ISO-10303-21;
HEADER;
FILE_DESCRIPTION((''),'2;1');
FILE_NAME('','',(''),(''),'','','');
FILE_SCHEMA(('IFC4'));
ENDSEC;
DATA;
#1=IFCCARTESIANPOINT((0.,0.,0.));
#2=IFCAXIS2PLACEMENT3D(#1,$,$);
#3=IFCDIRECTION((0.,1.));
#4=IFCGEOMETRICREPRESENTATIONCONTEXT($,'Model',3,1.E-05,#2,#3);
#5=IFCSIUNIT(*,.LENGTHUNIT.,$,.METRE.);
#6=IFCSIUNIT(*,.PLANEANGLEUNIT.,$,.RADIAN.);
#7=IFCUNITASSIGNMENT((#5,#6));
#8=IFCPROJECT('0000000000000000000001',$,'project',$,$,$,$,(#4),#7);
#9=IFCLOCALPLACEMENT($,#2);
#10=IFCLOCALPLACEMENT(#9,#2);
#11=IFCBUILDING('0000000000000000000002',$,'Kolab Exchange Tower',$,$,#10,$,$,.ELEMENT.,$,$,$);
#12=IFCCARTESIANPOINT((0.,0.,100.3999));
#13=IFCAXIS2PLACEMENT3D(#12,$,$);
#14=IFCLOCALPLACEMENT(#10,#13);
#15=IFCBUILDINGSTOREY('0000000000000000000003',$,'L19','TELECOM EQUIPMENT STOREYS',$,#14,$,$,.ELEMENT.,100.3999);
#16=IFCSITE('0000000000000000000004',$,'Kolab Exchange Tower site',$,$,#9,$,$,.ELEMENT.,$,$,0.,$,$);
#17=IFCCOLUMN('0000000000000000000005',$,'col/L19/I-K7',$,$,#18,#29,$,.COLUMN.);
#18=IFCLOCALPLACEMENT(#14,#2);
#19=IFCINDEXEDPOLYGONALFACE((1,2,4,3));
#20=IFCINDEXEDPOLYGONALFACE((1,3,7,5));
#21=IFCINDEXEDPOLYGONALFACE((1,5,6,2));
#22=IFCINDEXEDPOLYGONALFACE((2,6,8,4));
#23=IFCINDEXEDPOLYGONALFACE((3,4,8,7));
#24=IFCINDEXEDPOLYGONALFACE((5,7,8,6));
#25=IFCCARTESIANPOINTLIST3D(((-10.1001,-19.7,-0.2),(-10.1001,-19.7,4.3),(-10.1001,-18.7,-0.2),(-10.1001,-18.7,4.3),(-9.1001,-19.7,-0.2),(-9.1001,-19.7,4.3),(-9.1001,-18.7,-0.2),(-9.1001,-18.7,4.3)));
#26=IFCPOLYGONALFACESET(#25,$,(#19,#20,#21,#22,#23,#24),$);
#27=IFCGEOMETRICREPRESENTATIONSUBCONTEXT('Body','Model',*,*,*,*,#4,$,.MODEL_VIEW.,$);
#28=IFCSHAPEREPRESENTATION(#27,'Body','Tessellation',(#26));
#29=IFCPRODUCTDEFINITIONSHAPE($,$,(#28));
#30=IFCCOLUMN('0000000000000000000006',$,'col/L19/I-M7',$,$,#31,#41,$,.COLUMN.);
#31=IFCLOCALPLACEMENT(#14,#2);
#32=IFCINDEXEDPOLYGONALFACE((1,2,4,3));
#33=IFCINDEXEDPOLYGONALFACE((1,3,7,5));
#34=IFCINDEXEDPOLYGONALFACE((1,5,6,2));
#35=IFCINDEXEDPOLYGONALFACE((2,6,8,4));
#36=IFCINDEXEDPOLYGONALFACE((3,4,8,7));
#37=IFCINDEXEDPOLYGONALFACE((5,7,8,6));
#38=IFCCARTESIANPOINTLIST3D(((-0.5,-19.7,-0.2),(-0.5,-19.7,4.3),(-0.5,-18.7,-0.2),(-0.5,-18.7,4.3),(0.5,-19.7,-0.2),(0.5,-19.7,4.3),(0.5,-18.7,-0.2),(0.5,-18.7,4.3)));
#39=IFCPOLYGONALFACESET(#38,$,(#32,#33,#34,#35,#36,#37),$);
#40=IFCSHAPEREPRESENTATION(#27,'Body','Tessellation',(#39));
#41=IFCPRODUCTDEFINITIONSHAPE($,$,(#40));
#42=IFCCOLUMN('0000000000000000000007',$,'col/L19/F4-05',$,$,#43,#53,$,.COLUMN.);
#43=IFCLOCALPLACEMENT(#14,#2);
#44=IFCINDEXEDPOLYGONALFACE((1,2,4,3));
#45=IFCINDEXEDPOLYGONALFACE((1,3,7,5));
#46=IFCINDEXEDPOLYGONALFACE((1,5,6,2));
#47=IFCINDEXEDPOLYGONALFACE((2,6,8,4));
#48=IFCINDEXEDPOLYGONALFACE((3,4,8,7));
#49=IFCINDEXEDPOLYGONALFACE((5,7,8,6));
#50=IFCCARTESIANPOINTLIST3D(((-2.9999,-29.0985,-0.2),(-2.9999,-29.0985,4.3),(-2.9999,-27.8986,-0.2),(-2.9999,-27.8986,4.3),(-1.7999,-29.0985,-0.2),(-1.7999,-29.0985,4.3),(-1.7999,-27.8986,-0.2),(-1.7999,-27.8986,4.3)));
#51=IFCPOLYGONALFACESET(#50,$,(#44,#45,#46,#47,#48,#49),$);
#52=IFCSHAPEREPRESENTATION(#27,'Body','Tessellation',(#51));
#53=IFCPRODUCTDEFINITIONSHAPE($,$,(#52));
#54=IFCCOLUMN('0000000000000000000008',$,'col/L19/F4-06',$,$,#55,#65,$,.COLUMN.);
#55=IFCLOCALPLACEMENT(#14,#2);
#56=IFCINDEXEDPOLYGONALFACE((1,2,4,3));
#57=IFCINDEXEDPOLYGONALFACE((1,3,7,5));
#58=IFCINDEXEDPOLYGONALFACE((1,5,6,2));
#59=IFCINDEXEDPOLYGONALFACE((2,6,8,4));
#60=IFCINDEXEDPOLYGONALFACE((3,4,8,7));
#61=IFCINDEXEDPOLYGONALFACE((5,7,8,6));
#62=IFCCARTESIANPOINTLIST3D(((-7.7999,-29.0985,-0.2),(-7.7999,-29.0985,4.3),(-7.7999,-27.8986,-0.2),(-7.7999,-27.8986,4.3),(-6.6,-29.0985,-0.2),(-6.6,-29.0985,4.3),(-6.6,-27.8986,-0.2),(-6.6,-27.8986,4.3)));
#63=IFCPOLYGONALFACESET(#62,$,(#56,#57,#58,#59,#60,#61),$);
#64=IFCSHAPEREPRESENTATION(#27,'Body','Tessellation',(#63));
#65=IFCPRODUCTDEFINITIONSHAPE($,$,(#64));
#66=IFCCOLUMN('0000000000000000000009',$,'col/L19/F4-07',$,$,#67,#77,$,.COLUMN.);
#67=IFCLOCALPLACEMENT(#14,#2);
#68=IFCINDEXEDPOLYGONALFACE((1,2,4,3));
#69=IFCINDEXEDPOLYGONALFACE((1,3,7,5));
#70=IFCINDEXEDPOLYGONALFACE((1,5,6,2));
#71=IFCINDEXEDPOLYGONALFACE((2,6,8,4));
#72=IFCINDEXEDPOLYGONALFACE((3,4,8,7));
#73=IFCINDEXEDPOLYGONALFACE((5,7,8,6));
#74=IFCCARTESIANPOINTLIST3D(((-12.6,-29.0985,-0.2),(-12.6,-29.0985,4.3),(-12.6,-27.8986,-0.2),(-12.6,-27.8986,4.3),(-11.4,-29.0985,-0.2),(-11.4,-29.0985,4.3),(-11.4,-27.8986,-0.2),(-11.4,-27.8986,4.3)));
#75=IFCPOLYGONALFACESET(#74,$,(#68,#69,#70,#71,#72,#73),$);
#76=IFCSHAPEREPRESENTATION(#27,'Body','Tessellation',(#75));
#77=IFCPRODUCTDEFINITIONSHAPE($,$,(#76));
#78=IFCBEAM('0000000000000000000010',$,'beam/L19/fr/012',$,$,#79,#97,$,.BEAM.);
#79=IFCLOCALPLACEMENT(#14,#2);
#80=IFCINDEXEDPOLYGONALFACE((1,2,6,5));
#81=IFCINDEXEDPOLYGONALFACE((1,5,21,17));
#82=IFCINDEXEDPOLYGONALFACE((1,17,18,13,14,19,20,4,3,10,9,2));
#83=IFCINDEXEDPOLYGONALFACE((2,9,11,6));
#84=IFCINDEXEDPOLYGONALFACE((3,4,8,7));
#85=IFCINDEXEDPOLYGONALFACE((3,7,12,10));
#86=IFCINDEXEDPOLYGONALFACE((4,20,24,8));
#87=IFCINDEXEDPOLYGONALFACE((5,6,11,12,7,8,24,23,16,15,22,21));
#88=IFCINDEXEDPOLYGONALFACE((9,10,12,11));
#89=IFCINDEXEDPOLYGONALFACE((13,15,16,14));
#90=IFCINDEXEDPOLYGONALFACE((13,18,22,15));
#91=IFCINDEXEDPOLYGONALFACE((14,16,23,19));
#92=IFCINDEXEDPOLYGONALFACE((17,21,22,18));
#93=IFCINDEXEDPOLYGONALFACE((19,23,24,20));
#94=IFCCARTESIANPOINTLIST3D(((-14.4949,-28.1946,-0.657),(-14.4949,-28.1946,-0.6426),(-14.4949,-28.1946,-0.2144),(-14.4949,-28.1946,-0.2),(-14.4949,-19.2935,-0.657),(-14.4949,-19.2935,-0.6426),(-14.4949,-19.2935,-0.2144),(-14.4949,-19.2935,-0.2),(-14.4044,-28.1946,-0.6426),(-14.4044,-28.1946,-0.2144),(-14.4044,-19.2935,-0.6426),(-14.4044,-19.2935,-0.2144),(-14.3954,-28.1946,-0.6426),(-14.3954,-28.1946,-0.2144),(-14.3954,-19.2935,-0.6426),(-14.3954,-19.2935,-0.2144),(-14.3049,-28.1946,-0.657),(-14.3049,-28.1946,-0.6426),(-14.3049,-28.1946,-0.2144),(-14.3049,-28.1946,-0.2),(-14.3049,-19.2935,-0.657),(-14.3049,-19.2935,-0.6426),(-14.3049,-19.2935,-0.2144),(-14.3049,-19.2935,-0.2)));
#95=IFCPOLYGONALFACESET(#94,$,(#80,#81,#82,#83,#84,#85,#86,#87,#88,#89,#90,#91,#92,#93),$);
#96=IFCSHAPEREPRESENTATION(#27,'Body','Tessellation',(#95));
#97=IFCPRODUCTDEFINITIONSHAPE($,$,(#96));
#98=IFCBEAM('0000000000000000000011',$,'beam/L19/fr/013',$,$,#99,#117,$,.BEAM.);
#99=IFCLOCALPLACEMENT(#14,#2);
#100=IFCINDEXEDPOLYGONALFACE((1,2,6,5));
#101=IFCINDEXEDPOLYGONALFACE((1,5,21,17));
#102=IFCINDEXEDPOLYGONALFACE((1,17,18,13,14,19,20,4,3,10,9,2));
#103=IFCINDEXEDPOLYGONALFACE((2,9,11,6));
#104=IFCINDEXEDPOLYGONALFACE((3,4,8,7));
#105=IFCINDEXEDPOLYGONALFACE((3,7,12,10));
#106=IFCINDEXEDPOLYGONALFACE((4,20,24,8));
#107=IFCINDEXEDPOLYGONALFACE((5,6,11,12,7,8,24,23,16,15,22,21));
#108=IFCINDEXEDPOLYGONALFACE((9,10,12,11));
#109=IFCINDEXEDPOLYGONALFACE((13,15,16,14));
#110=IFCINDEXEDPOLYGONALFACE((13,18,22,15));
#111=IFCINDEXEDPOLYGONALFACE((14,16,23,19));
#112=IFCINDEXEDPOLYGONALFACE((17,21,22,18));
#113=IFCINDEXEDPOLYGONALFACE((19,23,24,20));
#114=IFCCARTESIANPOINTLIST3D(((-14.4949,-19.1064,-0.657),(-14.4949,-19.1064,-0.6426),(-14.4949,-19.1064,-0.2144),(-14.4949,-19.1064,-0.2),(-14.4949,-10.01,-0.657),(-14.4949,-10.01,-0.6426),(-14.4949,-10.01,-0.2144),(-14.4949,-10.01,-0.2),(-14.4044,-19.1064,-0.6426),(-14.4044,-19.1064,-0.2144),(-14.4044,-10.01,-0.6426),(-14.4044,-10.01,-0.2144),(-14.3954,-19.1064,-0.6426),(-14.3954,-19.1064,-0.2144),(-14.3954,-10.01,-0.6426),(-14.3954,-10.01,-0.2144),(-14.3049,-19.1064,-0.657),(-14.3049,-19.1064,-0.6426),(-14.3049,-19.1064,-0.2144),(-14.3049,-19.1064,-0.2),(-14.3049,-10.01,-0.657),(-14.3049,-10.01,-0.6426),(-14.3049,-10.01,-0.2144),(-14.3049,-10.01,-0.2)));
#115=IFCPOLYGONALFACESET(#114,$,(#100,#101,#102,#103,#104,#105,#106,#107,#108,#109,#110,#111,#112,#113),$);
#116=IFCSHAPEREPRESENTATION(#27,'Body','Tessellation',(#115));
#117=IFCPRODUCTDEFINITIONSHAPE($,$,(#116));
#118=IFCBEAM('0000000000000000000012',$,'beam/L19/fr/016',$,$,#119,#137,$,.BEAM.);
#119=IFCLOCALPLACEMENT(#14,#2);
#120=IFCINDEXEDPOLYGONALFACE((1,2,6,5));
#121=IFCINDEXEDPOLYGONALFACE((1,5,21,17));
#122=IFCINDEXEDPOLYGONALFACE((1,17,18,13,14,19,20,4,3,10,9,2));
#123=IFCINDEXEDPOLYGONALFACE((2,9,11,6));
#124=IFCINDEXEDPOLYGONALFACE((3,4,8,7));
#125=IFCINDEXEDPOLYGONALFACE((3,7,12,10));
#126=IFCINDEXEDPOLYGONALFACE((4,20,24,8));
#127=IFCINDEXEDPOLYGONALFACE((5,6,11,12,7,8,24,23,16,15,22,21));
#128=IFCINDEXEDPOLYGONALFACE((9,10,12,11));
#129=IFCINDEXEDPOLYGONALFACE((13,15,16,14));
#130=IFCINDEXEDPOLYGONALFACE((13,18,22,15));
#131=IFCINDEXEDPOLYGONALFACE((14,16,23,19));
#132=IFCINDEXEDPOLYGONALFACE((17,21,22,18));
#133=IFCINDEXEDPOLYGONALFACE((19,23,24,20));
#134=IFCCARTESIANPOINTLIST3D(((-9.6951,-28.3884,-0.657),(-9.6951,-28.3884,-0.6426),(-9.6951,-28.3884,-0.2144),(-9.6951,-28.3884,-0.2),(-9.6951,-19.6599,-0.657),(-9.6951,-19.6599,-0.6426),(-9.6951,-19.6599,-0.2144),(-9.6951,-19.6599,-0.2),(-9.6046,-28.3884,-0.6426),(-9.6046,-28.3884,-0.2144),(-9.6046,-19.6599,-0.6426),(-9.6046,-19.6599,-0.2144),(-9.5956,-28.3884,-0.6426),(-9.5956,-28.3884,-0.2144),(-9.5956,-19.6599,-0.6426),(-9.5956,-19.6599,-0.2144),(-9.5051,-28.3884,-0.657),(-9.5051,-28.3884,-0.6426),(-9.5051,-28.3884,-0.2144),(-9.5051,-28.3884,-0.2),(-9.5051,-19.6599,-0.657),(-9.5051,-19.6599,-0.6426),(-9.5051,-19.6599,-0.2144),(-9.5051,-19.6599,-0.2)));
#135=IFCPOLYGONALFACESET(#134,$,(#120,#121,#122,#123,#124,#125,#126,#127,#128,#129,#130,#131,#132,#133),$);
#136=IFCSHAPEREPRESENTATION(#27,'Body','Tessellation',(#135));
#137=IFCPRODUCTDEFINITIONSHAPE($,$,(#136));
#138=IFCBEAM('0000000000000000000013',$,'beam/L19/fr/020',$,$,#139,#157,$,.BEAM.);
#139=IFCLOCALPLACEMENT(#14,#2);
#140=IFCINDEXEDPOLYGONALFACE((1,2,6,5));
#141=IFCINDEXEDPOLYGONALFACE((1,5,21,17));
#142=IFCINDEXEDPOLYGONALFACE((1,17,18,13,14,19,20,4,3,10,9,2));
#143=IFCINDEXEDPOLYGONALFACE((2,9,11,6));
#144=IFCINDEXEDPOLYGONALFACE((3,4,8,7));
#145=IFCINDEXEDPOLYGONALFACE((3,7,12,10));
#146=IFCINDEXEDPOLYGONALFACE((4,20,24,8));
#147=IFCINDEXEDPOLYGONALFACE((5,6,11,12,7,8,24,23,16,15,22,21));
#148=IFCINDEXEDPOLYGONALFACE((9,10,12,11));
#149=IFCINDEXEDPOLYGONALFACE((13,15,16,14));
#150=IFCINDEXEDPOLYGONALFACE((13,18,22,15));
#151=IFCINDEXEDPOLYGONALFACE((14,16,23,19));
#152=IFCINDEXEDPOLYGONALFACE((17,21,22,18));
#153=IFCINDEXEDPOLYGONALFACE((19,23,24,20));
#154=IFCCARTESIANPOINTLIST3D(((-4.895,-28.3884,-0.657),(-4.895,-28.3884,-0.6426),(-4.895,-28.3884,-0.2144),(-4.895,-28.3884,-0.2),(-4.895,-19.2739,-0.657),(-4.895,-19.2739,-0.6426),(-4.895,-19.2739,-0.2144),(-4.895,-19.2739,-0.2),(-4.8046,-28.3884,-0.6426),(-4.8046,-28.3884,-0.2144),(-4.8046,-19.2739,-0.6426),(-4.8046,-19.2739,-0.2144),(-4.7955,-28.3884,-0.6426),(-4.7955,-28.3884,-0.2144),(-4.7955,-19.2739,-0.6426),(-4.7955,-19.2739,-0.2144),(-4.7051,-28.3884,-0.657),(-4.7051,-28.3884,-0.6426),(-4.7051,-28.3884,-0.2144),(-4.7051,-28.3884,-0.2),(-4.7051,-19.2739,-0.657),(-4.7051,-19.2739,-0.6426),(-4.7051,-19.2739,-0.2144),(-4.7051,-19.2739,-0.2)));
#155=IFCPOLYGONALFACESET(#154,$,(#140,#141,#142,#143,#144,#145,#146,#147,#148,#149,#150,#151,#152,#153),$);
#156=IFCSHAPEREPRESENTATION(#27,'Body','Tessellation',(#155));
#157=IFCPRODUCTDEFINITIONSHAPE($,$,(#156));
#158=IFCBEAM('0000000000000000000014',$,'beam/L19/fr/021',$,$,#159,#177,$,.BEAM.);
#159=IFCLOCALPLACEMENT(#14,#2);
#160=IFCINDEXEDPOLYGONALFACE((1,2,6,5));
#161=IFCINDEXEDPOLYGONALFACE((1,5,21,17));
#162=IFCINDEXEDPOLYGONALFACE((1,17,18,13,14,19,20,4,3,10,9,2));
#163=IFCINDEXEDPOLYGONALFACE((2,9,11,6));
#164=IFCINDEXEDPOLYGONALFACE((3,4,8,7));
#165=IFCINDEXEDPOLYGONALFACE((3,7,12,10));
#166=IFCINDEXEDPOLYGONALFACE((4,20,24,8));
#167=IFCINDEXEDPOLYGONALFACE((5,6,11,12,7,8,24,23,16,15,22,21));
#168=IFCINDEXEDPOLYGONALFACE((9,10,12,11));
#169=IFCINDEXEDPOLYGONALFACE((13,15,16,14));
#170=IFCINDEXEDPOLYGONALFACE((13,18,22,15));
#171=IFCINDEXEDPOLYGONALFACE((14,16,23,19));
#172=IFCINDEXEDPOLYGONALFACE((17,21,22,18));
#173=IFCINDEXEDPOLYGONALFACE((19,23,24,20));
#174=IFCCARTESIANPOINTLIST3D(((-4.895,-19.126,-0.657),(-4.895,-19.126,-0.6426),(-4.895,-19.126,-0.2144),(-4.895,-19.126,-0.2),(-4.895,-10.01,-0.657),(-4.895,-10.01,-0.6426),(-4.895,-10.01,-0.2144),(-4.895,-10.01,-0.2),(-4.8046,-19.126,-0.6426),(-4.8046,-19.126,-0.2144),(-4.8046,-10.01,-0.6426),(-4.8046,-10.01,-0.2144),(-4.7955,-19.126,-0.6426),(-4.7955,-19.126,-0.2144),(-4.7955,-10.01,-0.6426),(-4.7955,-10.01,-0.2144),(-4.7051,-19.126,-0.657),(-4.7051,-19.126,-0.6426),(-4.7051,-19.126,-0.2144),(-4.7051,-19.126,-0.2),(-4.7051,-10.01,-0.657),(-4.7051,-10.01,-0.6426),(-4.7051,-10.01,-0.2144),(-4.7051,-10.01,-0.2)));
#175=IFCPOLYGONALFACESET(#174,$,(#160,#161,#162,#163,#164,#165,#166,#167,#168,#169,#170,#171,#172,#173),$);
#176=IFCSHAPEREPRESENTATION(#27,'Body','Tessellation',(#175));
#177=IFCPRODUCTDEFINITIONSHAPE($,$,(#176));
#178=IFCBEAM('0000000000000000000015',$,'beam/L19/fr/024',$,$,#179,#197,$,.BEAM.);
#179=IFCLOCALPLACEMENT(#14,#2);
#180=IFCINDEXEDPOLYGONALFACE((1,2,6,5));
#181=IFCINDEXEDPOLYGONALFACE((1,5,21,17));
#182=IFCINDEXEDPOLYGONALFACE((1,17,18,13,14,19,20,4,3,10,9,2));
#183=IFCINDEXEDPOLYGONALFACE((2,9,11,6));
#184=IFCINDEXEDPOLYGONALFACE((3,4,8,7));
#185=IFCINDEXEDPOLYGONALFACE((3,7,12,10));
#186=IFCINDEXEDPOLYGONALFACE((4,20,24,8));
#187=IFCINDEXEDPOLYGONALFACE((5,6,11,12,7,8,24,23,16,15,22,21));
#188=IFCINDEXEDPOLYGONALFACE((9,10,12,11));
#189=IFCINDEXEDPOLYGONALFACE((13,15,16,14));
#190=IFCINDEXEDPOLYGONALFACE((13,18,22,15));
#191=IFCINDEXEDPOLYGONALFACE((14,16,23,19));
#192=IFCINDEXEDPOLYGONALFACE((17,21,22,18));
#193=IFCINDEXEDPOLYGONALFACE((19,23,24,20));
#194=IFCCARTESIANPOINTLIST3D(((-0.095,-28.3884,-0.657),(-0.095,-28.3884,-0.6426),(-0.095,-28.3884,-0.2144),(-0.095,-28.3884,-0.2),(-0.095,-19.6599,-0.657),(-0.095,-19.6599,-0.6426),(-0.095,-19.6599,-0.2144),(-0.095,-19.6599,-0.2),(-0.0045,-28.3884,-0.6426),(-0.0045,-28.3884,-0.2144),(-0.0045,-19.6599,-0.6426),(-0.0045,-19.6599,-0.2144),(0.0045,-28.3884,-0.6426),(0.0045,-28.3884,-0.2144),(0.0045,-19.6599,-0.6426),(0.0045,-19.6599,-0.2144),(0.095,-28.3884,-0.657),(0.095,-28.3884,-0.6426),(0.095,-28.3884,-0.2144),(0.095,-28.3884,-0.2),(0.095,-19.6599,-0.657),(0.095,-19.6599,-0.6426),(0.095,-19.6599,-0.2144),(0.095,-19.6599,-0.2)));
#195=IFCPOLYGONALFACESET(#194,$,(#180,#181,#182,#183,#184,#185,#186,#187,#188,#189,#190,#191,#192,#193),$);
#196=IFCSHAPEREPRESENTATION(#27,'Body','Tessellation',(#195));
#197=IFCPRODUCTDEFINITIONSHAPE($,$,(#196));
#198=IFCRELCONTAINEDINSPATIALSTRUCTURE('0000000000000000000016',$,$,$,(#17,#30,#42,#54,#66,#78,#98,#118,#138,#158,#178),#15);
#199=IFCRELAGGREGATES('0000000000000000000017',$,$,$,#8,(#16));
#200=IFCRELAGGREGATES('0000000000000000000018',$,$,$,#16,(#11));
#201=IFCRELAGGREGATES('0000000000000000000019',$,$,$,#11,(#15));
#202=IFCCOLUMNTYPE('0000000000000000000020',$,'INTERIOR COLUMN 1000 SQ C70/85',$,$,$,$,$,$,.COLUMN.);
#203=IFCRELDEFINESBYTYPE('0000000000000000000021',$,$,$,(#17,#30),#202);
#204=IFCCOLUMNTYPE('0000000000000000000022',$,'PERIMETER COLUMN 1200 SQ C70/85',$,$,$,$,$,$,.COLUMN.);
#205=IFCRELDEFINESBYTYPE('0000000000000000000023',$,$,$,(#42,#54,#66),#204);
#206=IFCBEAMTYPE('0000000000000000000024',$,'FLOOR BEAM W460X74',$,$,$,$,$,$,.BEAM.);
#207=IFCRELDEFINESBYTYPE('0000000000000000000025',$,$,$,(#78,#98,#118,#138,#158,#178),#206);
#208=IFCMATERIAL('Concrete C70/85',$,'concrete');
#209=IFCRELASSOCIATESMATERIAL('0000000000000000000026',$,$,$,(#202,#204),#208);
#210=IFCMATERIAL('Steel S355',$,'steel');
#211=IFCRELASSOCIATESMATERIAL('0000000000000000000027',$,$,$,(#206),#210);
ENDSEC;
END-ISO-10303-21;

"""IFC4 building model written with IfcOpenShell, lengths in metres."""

from ifc_helpers import new_model, si_unit, direction, frame, origin, origin_2d, place, context, subcontext, project, spatial, rectangle, i_section, extrude, material, material_profile, profile_set, type_object, element, save


model = new_model("IFC4")

# Units and contexts
model_context = context("Model", 3, precision=1e-05, world=origin(), true_north=direction((0.0, 1.0)))
body_context = subcontext(model_context, "Body", "Model", "MODEL_VIEW")
ifc_project = project(units=[si_unit("LENGTHUNIT", "METRE"), si_unit("PLANEANGLEUNIT", "RADIAN")], contexts=[model_context])

# Site, building, storey
site_placement = place(None, origin())
site = spatial("IfcSite", under=ifc_project, at=site_placement, Name="Kolab Exchange Tower site", CompositionType="ELEMENT", RefElevation=0.0)
building_placement = place(site_placement, origin())
building = spatial("IfcBuilding", under=site, at=building_placement, Name="Kolab Exchange Tower", CompositionType="ELEMENT")
storey_placement = place(building_placement, frame((0.0, 0.0, 100.3999)))
storey = spatial("IfcBuildingStorey", under=building, at=storey_placement, Name="L19", Description="TELECOM EQUIPMENT STOREYS", CompositionType="ELEMENT", Elevation=100.3999)

# Columns
ifc_material_1 = material(Name="Concrete C70/85", Category="concrete")
ifc_material_profile_1 = material_profile(ifc_material_1, rectangle(XDim=1.0, YDim=1.0, at=origin_2d()), Name="RC1000")
ifc_profile_set_1 = profile_set([ifc_material_profile_1], Name="Concrete C70/85")
column_type_1 = type_object("IfcColumnType", Name="INTERIOR COLUMN 1000 SQ C70/85", PredefinedType="COLUMN", material=ifc_profile_set_1)
for number, where, z_axis, x_axis, name in (
    (1, (-9.6001, -19.2, -0.2), (0.0, 0.0, 1.0), (1.0, 0.0, 0.0), "col/L19/I-K7"),
    (2, (0.0, -19.2, -0.2), (0.0, 0.0, 1.0), (1.0, 0.0, 0.0), "col/L19/I-M7"),
):
    element("IfcColumn", number, at=place(storey_placement, frame(where, z_axis=z_axis, x_axis=x_axis)), inside=storey, type_object=column_type_1, Name=name, PredefinedType="COLUMN", context=body_context, shape_type="SweptSolid", body=[
        extrude(rectangle(XDim=1.0, YDim=1.0, at=origin_2d()), origin(), (0.0, 0.0, 1.0), 4.5),
    ])
ifc_material_profile_2 = material_profile(ifc_material_1, rectangle(XDim=1.2, YDim=1.2, at=origin_2d()), Name="RC1200")
ifc_profile_set_2 = profile_set([ifc_material_profile_2], Name="Concrete C70/85")
column_type_2 = type_object("IfcColumnType", Name="PERIMETER COLUMN 1200 SQ C70/85", PredefinedType="COLUMN", material=ifc_profile_set_2)
for number, where, z_axis, x_axis, name in (
    (3, (-2.3999, -28.4985, -0.2), (0.0, 0.0, 1.0), (1.0, 0.0, 0.0), "col/L19/F4-05"),
    (4, (-7.2, -28.4985, -0.2), (0.0, 0.0, 1.0), (1.0, 0.0, 0.0), "col/L19/F4-06"),
    (5, (-12.0, -28.4985, -0.2), (0.0, 0.0, 1.0), (1.0, 0.0, 0.0), "col/L19/F4-07"),
):
    element("IfcColumn", number, at=place(storey_placement, frame(where, z_axis=z_axis, x_axis=x_axis)), inside=storey, type_object=column_type_2, Name=name, PredefinedType="COLUMN", context=body_context, shape_type="SweptSolid", body=[
        extrude(rectangle(XDim=1.2, YDim=1.2, at=origin_2d()), origin(), (0.0, 0.0, 1.0), 4.5),
    ])

# Beams
ifc_material_2 = material(Name="Steel S355", Category="steel")
ifc_material_profile_3 = material_profile(ifc_material_2, i_section(OverallWidth=0.1899, OverallDepth=0.457, WebThickness=0.009, FlangeThickness=0.0144, at=origin_2d()), Name="W460X74")
ifc_profile_set_3 = profile_set([ifc_material_profile_3], Name="Steel S355")
beam_type_1 = type_object("IfcBeamType", Name="FLOOR BEAM W460X74", PredefinedType="BEAM", material=ifc_profile_set_3)
beam_1_placement = place(storey_placement, frame((-14.3999, -28.1946, -0.4285), z_axis=(0.0, 1.0, 0.0), x_axis=(-1.0, 0.0, 0.0)))
element("IfcBeam", 6, at=beam_1_placement, inside=storey, type_object=beam_type_1, Name="beam/L19/fr/012", PredefinedType="BEAM", context=body_context, shape_type="SweptSolid", body=[
    extrude(i_section(OverallWidth=0.1899, OverallDepth=0.457, WebThickness=0.009, FlangeThickness=0.0144, at=origin_2d()), origin(), (0.0, 0.0, 1.0), 8.9011),
])
beam_2_placement = place(storey_placement, frame((-14.3999, -19.1064, -0.4285), z_axis=(0.0, 1.0, 0.0), x_axis=(-1.0, 0.0, 0.0)))
element("IfcBeam", 7, at=beam_2_placement, inside=storey, type_object=beam_type_1, Name="beam/L19/fr/013", PredefinedType="BEAM", context=body_context, shape_type="SweptSolid", body=[
    extrude(i_section(OverallWidth=0.1899, OverallDepth=0.457, WebThickness=0.009, FlangeThickness=0.0144, at=origin_2d()), origin(), (0.0, 0.0, 1.0), 9.0964),
])
beam_3_placement = place(storey_placement, frame((-9.6001, -28.3884, -0.4285), z_axis=(0.0, 1.0, 0.0), x_axis=(-1.0, 0.0, 0.0)))
element("IfcBeam", 8, at=beam_3_placement, inside=storey, type_object=beam_type_1, Name="beam/L19/fr/016", PredefinedType="BEAM", context=body_context, shape_type="SweptSolid", body=[
    extrude(i_section(OverallWidth=0.1899, OverallDepth=0.457, WebThickness=0.009, FlangeThickness=0.0144, at=origin_2d()), origin(), (0.0, 0.0, 1.0), 8.7285),
])
beam_4_placement = place(storey_placement, frame((-4.8, -28.3884, -0.4285), z_axis=(0.0, 1.0, 0.0), x_axis=(-1.0, 0.0, 0.0)))
element("IfcBeam", 9, at=beam_4_placement, inside=storey, type_object=beam_type_1, Name="beam/L19/fr/020", PredefinedType="BEAM", context=body_context, shape_type="SweptSolid", body=[
    extrude(i_section(OverallWidth=0.1899, OverallDepth=0.457, WebThickness=0.009, FlangeThickness=0.0144, at=origin_2d()), origin(), (0.0, 0.0, 1.0), 9.1145),
])
beam_5_placement = place(storey_placement, frame((-4.8, -19.126, -0.4285), z_axis=(0.0, 1.0, 0.0), x_axis=(-1.0, 0.0, 0.0)))
element("IfcBeam", 10, at=beam_5_placement, inside=storey, type_object=beam_type_1, Name="beam/L19/fr/021", PredefinedType="BEAM", context=body_context, shape_type="SweptSolid", body=[
    extrude(i_section(OverallWidth=0.1899, OverallDepth=0.457, WebThickness=0.009, FlangeThickness=0.0144, at=origin_2d()), origin(), (0.0, 0.0, 1.0), 9.116),
])
beam_6_placement = place(storey_placement, frame((0.0, -28.3884, -0.4285), z_axis=(0.0, 1.0, 0.0), x_axis=(-1.0, 0.0, 0.0)))
element("IfcBeam", 11, at=beam_6_placement, inside=storey, type_object=beam_type_1, Name="beam/L19/fr/024", PredefinedType="BEAM", context=body_context, shape_type="SweptSolid", body=[
    extrude(i_section(OverallWidth=0.1899, OverallDepth=0.457, WebThickness=0.009, FlangeThickness=0.0144, at=origin_2d()), origin(), (0.0, 0.0, 1.0), 8.7285),
])

save(model, "model.ifc")
